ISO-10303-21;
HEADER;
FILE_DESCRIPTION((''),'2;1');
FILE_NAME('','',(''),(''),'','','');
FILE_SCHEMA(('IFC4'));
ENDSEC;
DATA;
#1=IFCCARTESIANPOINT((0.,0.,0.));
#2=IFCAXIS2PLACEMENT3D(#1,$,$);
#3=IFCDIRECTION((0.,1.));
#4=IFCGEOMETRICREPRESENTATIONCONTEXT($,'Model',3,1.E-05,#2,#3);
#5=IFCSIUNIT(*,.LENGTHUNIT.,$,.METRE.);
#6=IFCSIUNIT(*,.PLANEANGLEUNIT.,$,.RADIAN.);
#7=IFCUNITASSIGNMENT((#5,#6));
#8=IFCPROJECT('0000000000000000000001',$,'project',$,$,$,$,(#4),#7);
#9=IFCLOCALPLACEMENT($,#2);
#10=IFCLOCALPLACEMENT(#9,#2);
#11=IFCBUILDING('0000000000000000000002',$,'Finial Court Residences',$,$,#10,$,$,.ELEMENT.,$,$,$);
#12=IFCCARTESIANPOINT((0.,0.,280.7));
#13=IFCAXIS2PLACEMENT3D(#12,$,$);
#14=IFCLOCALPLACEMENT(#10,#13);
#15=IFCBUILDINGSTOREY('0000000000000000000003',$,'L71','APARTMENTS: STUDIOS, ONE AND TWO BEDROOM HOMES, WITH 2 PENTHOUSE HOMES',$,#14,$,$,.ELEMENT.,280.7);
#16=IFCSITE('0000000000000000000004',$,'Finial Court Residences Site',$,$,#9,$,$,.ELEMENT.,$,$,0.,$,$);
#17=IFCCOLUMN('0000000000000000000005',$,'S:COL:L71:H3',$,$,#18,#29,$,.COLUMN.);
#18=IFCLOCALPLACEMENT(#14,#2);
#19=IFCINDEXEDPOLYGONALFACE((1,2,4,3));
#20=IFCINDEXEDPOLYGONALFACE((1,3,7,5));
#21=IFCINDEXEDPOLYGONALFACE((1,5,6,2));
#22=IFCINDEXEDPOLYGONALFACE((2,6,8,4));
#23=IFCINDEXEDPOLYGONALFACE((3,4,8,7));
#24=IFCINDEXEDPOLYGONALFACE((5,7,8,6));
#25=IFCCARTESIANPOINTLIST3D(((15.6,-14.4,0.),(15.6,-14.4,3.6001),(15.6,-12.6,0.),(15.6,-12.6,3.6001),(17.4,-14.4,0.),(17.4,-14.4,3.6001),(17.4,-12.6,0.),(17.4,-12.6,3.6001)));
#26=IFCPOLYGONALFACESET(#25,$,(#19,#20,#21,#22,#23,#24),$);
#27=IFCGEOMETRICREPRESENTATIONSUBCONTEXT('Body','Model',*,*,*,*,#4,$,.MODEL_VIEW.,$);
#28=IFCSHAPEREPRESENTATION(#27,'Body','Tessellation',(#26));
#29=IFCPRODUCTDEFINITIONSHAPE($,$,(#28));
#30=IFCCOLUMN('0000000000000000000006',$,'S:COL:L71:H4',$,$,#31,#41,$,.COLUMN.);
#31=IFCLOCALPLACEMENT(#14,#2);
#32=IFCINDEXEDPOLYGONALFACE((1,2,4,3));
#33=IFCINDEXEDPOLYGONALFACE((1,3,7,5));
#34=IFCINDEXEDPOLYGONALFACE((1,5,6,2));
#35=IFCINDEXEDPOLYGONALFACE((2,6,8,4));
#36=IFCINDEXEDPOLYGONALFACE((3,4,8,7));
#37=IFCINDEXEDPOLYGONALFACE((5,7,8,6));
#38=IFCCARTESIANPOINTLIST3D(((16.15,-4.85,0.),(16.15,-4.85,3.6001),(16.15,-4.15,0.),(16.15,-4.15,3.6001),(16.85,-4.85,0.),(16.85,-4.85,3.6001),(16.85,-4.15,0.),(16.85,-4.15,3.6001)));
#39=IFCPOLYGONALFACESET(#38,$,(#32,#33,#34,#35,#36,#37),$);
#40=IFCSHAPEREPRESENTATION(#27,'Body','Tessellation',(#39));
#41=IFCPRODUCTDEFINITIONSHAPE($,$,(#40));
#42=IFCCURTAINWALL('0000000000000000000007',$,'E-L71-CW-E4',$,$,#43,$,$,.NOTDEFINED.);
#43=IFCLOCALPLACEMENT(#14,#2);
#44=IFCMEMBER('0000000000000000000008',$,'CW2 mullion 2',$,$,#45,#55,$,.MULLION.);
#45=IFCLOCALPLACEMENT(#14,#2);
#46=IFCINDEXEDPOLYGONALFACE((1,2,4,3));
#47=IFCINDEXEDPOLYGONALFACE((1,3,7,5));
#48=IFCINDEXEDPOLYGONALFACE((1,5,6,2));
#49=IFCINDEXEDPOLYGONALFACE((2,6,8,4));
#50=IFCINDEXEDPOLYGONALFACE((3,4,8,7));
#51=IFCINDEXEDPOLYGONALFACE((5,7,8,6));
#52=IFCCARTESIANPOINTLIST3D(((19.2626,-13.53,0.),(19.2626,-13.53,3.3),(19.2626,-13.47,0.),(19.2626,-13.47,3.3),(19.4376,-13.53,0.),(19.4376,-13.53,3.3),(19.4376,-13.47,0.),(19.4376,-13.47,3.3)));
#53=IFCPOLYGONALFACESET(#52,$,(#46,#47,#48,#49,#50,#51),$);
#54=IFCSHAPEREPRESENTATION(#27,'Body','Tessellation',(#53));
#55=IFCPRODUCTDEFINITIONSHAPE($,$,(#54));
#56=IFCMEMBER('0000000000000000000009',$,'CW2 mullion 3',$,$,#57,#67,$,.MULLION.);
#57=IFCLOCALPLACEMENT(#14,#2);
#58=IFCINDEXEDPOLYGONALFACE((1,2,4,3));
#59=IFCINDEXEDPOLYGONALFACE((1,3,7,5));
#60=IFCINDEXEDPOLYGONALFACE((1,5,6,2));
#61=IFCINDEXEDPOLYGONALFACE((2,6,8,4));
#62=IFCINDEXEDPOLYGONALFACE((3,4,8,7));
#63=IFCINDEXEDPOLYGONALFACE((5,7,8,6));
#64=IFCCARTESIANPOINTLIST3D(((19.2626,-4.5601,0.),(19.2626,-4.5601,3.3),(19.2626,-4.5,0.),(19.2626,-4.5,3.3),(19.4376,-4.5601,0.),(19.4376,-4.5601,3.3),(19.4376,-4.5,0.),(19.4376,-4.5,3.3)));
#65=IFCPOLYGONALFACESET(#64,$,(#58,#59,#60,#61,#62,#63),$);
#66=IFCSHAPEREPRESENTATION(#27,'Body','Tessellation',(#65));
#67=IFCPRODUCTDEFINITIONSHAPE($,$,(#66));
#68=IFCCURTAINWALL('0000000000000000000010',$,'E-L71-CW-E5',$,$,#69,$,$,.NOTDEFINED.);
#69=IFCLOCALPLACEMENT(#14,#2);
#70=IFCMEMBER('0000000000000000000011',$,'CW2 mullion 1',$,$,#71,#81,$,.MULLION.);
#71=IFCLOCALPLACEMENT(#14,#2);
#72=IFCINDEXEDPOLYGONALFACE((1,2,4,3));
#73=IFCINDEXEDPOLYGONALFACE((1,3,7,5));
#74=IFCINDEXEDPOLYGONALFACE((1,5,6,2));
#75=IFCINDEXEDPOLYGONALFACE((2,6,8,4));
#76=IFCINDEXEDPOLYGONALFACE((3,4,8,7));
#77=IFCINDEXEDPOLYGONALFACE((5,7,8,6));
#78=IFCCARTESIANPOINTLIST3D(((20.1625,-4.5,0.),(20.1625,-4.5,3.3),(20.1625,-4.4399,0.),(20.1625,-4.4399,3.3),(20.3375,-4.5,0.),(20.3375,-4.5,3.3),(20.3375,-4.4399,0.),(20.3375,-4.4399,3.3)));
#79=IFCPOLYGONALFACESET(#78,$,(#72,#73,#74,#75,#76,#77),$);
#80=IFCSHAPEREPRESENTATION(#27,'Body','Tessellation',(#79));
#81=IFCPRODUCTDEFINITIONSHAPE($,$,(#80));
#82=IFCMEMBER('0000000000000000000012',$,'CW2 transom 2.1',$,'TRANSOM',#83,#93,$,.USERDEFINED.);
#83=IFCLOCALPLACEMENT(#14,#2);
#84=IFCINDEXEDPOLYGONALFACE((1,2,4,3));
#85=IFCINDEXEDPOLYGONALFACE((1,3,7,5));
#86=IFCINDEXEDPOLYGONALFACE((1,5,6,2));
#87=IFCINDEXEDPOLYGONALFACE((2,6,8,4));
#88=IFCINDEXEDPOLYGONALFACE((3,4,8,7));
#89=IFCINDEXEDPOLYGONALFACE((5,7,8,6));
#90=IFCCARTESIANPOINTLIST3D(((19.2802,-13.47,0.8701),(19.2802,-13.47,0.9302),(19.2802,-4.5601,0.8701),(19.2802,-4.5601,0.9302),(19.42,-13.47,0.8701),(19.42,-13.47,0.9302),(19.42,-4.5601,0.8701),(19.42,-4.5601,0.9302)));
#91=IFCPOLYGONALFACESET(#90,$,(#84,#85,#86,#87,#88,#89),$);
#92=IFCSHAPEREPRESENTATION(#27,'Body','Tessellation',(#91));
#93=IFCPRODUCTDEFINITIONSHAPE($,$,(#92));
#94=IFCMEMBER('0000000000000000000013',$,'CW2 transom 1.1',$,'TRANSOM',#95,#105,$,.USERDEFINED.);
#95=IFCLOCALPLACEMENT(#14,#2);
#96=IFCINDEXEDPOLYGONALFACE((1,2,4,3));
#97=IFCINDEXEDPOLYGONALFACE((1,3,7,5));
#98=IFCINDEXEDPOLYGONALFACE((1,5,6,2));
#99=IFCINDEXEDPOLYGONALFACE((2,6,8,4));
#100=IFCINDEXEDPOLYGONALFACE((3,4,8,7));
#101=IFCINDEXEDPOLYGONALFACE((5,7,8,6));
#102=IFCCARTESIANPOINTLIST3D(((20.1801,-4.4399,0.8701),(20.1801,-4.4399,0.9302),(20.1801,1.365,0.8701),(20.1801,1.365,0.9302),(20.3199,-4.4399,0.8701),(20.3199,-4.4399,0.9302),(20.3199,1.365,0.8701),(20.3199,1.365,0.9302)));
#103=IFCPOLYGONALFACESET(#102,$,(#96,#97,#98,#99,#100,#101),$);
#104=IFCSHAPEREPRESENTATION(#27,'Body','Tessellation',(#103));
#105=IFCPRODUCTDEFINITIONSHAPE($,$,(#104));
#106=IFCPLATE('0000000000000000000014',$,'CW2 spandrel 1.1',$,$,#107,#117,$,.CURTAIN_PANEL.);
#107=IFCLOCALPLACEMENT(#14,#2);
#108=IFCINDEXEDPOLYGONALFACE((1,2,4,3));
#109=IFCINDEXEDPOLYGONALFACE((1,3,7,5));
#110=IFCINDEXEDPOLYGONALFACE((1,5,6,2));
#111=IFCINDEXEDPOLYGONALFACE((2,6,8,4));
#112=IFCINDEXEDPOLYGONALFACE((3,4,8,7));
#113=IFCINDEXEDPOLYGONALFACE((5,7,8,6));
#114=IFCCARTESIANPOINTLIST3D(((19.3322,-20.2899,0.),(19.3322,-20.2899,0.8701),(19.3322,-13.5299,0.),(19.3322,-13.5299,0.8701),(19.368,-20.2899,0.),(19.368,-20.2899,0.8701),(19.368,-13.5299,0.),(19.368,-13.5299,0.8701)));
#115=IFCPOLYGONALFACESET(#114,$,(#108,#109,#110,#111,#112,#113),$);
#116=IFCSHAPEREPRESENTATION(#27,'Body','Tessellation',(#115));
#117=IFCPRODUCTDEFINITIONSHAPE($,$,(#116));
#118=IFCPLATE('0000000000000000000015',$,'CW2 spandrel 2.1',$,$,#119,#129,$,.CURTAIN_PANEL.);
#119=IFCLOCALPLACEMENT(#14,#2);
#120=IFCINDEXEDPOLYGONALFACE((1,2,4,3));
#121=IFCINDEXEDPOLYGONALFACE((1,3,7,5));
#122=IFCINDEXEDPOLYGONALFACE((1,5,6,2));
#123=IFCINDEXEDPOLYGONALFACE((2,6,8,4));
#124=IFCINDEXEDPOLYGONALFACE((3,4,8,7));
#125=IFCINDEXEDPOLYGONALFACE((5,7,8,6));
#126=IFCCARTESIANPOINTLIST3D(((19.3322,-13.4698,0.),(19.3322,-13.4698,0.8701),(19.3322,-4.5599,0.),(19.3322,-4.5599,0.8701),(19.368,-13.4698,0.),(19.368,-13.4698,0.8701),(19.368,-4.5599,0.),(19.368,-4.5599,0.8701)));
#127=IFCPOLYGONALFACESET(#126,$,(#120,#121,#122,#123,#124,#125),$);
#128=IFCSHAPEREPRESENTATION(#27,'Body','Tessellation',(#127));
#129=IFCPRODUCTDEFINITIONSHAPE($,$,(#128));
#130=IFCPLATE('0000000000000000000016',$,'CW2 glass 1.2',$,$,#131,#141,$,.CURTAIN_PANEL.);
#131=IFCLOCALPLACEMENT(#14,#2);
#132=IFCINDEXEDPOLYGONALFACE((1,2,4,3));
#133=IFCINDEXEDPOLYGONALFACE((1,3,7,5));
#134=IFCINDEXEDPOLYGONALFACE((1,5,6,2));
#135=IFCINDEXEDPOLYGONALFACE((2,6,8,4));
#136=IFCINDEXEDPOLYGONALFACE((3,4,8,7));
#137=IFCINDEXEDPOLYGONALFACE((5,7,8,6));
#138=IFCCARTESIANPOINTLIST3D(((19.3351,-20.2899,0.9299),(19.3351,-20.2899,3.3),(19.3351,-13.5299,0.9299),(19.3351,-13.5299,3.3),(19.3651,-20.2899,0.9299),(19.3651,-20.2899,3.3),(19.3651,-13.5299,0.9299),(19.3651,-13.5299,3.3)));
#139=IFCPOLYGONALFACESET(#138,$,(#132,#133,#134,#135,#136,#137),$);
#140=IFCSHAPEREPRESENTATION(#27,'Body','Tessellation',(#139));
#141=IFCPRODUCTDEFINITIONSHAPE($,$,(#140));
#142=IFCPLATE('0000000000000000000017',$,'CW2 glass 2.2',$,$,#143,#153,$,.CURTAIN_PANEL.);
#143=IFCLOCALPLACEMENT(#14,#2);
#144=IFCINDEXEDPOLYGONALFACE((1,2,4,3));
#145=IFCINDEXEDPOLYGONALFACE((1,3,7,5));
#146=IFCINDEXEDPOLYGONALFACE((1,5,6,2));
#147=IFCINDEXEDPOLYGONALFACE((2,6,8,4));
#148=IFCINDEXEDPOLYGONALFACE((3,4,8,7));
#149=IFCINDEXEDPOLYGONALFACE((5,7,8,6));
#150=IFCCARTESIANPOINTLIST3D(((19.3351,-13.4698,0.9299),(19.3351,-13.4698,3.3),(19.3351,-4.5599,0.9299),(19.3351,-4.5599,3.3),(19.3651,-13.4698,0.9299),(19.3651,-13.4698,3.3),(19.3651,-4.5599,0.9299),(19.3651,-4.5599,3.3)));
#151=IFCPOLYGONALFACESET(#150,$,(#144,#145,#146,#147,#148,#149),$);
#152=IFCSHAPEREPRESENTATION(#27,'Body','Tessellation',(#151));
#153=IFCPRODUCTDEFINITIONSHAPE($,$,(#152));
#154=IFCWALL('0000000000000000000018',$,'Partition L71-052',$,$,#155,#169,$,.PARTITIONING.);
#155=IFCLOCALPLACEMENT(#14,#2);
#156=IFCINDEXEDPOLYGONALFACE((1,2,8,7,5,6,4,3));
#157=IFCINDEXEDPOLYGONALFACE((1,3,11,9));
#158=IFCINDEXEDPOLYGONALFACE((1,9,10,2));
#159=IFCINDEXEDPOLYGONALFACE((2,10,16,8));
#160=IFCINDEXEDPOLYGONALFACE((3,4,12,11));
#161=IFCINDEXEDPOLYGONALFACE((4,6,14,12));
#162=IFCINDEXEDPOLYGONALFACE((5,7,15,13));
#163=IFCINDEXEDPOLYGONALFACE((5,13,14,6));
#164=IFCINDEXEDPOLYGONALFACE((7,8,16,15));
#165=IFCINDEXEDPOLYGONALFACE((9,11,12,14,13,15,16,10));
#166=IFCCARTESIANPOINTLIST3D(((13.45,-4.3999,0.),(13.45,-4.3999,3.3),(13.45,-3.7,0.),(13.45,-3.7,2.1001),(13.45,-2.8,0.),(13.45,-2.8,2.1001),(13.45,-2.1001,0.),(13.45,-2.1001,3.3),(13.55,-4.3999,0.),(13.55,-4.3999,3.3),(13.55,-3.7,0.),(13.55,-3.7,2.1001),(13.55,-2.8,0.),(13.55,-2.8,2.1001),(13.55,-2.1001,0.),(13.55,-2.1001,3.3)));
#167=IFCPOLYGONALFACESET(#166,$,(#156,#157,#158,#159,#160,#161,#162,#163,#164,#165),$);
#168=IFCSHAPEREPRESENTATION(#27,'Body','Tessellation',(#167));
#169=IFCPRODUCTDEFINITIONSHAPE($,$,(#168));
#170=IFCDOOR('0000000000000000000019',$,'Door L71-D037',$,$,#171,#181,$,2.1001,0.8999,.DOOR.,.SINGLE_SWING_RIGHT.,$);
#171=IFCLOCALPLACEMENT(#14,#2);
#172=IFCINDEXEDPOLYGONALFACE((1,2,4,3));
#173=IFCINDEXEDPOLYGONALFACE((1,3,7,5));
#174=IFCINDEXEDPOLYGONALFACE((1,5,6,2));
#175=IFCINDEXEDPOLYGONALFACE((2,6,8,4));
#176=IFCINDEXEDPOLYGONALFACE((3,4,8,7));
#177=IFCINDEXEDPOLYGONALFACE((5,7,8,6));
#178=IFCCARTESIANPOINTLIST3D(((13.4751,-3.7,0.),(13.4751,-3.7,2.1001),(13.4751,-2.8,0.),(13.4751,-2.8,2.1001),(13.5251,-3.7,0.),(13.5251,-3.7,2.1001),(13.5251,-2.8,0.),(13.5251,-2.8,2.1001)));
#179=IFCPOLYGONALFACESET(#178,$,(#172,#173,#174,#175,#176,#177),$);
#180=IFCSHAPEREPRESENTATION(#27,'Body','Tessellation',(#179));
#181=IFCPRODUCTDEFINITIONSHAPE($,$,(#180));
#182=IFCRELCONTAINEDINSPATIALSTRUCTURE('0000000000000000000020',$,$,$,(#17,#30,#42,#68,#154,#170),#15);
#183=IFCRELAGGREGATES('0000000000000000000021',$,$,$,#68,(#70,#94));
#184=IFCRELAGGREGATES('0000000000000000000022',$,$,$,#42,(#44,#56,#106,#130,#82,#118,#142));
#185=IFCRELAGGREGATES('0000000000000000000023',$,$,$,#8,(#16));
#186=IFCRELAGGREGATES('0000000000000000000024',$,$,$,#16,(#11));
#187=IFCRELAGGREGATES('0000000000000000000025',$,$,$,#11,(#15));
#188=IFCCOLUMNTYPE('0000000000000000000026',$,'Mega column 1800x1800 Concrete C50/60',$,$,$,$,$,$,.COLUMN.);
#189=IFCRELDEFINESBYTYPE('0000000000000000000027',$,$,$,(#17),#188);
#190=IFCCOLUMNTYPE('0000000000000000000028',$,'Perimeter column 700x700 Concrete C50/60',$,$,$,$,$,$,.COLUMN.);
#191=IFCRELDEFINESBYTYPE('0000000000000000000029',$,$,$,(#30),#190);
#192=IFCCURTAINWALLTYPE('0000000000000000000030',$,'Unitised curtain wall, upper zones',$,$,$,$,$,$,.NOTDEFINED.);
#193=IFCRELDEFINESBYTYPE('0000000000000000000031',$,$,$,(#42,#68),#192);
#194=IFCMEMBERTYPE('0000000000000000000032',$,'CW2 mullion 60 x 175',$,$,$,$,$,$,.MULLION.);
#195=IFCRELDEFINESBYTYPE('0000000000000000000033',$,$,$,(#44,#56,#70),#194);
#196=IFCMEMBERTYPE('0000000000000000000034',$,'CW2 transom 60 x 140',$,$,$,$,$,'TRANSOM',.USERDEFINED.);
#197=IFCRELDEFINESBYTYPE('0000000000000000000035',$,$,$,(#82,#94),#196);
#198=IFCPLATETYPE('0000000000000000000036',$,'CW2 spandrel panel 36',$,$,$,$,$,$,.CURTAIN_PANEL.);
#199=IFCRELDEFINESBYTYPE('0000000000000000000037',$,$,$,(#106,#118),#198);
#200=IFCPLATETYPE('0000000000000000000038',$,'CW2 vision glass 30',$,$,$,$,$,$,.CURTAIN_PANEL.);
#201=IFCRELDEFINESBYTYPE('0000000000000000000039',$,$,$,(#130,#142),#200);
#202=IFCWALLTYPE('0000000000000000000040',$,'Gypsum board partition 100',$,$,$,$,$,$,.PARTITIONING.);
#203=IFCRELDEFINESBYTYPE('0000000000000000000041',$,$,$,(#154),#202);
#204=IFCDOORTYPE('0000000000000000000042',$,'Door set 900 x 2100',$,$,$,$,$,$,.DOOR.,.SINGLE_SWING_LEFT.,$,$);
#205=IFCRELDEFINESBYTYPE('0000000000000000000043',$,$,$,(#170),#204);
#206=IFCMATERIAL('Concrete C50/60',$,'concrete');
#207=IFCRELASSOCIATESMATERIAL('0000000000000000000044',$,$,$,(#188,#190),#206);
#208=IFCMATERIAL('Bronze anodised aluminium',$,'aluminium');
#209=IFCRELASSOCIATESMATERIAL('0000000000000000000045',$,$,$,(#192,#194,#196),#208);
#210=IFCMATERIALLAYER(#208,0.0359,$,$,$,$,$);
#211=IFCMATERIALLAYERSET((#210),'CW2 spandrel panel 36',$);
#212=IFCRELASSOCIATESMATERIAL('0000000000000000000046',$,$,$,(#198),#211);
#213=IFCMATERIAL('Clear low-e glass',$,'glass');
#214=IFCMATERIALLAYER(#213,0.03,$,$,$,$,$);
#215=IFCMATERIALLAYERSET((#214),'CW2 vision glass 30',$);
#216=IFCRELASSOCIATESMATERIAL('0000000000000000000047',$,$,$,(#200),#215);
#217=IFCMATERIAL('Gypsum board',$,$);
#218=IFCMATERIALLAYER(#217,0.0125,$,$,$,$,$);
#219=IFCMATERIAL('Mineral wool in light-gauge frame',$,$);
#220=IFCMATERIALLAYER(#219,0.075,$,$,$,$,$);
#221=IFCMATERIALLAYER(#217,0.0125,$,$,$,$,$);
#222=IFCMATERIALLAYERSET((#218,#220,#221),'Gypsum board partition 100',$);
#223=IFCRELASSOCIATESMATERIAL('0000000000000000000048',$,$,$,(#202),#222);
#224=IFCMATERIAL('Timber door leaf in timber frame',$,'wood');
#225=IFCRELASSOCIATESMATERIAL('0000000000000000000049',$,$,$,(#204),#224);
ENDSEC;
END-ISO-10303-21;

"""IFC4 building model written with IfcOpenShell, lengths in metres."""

from ifc_helpers import new_model, si_unit, direction, frame, frame_2d, origin, origin_2d, place, context, subcontext, project, spatial, rectangle, extrude, material, layer, layer_set, material_profile, profile_set, type_object, element, fill, aggregate, save


model = new_model("IFC4")

# Units and contexts
model_context = context("Model", 3, precision=1e-05, world=origin(), true_north=direction((0.0, 1.0)))
body_context = subcontext(model_context, "Body", "Model", "MODEL_VIEW")
ifc_project = project(units=[si_unit("LENGTHUNIT", "METRE"), si_unit("PLANEANGLEUNIT", "RADIAN")], contexts=[model_context])

# Site, building, storey
site_placement = place(None, origin())
site = spatial("IfcSite", under=ifc_project, at=site_placement, Name="Finial Court Residences Site", CompositionType="ELEMENT", RefElevation=0.0)
building_placement = place(site_placement, origin())
building = spatial("IfcBuilding", under=site, at=building_placement, Name="Finial Court Residences", CompositionType="ELEMENT")
storey_placement = place(building_placement, frame((0.0, 0.0, 280.7)))
storey = spatial("IfcBuildingStorey", under=building, at=storey_placement, Name="L71", Description="APARTMENTS: STUDIOS, ONE AND TWO BEDROOM HOMES, WITH 2 PENTHOUSE HOMES", CompositionType="ELEMENT", Elevation=280.7)

# Columns
ifc_material_1 = material(Name="Concrete C50/60", Category="concrete")
ifc_material_profile_1 = material_profile(ifc_material_1, rectangle(XDim=1.8, YDim=1.8, at=origin_2d()), Name="1800x1800")
ifc_profile_set_1 = profile_set([ifc_material_profile_1], Name="Concrete C50/60")
column_type_1 = type_object("IfcColumnType", Name="Mega column 1800x1800 Concrete C50/60", PredefinedType="COLUMN", material=ifc_profile_set_1)
column_1_placement = place(storey_placement, frame((16.5, -13.5, 0.0), z_axis=(0.0, 0.0, 1.0), x_axis=(1.0, 0.0, 0.0)))
element("IfcColumn", 1, at=column_1_placement, inside=storey, type_object=column_type_1, Name="S:COL:L71:H3", PredefinedType="COLUMN", context=body_context, shape_type="SweptSolid", body=[
    extrude(rectangle(XDim=1.8, YDim=1.8, at=origin_2d()), origin(), (0.0, 0.0, 1.0), 3.6001),
])
ifc_material_profile_2 = material_profile(ifc_material_1, rectangle(XDim=0.7, YDim=0.7, at=origin_2d()), Name="700x700")
ifc_profile_set_2 = profile_set([ifc_material_profile_2], Name="Concrete C50/60")
column_type_2 = type_object("IfcColumnType", Name="Perimeter column 700x700 Concrete C50/60", PredefinedType="COLUMN", material=ifc_profile_set_2)
column_2_placement = place(storey_placement, frame((16.5, -4.5, 0.0), z_axis=(0.0, 0.0, 1.0), x_axis=(1.0, 0.0, 0.0)))
element("IfcColumn", 2, at=column_2_placement, inside=storey, type_object=column_type_2, Name="S:COL:L71:H4", PredefinedType="COLUMN", context=body_context, shape_type="SweptSolid", body=[
    extrude(rectangle(XDim=0.7, YDim=0.7, at=origin_2d()), origin(), (0.0, 0.0, 1.0), 3.6001),
])

# Curtain wall, members
ifc_material_2 = material(Name="Bronze anodised aluminium", Category="aluminium")
curtain_wall_type = type_object("IfcCurtainWallType", Name="Unitised curtain wall, upper zones", PredefinedType="NOTDEFINED", material=ifc_material_2)
curtain_wall_1_placement = place(storey_placement, origin())
curtain_wall_1 = element("IfcCurtainWall", 3, at=curtain_wall_1_placement, inside=storey, type_object=curtain_wall_type, Name="E-L71-CW-E4", PredefinedType="NOTDEFINED")
ifc_material_profile_3 = material_profile(ifc_material_2, rectangle(XDim=0.175, YDim=0.0601, at=origin_2d()), Name="CW2 mullion 60 x 175")
ifc_profile_set_3 = profile_set([ifc_material_profile_3], Name="Bronze anodised aluminium")
member_type_1 = type_object("IfcMemberType", Name="CW2 mullion 60 x 175", PredefinedType="MULLION", material=ifc_profile_set_3)
member_1_placement = place(storey_placement, frame((19.3501, -13.5, 0.0), z_axis=(0.0, 0.0, 1.0), x_axis=(-1.0, 0.0, 0.0)))
member_1 = element("IfcMember", 4, at=member_1_placement, type_object=member_type_1, Name="CW2 mullion 2", PredefinedType="MULLION", context=body_context, shape_type="SweptSolid", body=[
    extrude(rectangle(XDim=0.175, YDim=0.0601, at=origin_2d()), origin(), (0.0, 0.0, 1.0), 3.3),
])
member_2_placement = place(storey_placement, frame((19.3501, -4.53, 0.0), z_axis=(0.0, 0.0, 1.0), x_axis=(-1.0, 0.0, 0.0)))
member_2 = element("IfcMember", 5, at=member_2_placement, type_object=member_type_1, Name="CW2 mullion 3", PredefinedType="MULLION", context=body_context, shape_type="SweptSolid", body=[
    extrude(rectangle(XDim=0.175, YDim=0.0601, at=origin_2d()), origin(), (0.0, 0.0, 1.0), 3.3),
])

# Curtain wall, member
curtain_wall_2_placement = place(storey_placement, origin())
curtain_wall_2 = element("IfcCurtainWall", 6, at=curtain_wall_2_placement, inside=storey, type_object=curtain_wall_type, Name="E-L71-CW-E5", PredefinedType="NOTDEFINED")
member_3_placement = place(storey_placement, frame((20.25, -4.47, 0.0), z_axis=(0.0, 0.0, 1.0), x_axis=(-1.0, 0.0, 0.0)))
member_3 = element("IfcMember", 7, at=member_3_placement, type_object=member_type_1, Name="CW2 mullion 1", PredefinedType="MULLION", context=body_context, shape_type="SweptSolid", body=[
    extrude(rectangle(XDim=0.175, YDim=0.0601, at=origin_2d()), origin(), (0.0, 0.0, 1.0), 3.3),
])

# Members
ifc_material_profile_4 = material_profile(ifc_material_2, rectangle(XDim=0.1399, YDim=0.0601, at=origin_2d()), Name="CW2 transom 60 x 140")
ifc_profile_set_4 = profile_set([ifc_material_profile_4], Name="Bronze anodised aluminium")
member_type_2 = type_object("IfcMemberType", Name="CW2 transom 60 x 140", ElementType="TRANSOM", PredefinedType="USERDEFINED", material=ifc_profile_set_4)
member_4_placement = place(storey_placement, frame((19.3501, -13.47, 0.9001), z_axis=(0.0, 1.0, 0.0), x_axis=(-1.0, 0.0, 0.0)))
member_4 = element("IfcMember", 8, at=member_4_placement, type_object=member_type_2, Name="CW2 transom 2.1", ObjectType="TRANSOM", PredefinedType="USERDEFINED", context=body_context, shape_type="SweptSolid", body=[
    extrude(rectangle(XDim=0.1399, YDim=0.0601, at=origin_2d()), origin(), (0.0, 0.0, 1.0), 8.9099),
])
member_5_placement = place(storey_placement, frame((20.25, -4.4399, 0.9001), z_axis=(0.0, 1.0, 0.0), x_axis=(-1.0, 0.0, 0.0)))
member_5 = element("IfcMember", 9, at=member_5_placement, type_object=member_type_2, Name="CW2 transom 1.1", ObjectType="TRANSOM", PredefinedType="USERDEFINED", context=body_context, shape_type="SweptSolid", body=[
    extrude(rectangle(XDim=0.1399, YDim=0.0601, at=origin_2d()), origin(), (0.0, 0.0, 1.0), 5.8049),
])
aggregate(curtain_wall_2, [member_3, member_5])

# Plates
ifc_layer_1 = layer(ifc_material_2, 0.0359)
ifc_layer_set_1 = layer_set([ifc_layer_1], Name="CW2 spandrel panel 36")
plate_type_1 = type_object("IfcPlateType", Name="CW2 spandrel panel 36", PredefinedType="CURTAIN_PANEL", material=ifc_layer_set_1)
plate_1_placement = place(storey_placement, frame((19.3501, -16.9099, 0.0), z_axis=(0.0, 0.0, 1.0), x_axis=(0.0, 1.0, 0.0)))
plate_1 = element("IfcPlate", 10, at=plate_1_placement, type_object=plate_type_1, Name="CW2 spandrel 1.1", PredefinedType="CURTAIN_PANEL", context=body_context, shape_type="SweptSolid", body=[
    extrude(rectangle(XDim=6.76, YDim=0.0359, at=origin_2d()), origin(), (0.0, 0.0, 1.0), 0.8701),
])
plate_2_placement = place(storey_placement, frame((19.3501, -9.0149, 0.0), z_axis=(0.0, 0.0, 1.0), x_axis=(0.0, 1.0, 0.0)))
plate_2 = element("IfcPlate", 11, at=plate_2_placement, type_object=plate_type_1, Name="CW2 spandrel 2.1", PredefinedType="CURTAIN_PANEL", context=body_context, shape_type="SweptSolid", body=[
    extrude(rectangle(XDim=8.9099, YDim=0.0359, at=origin_2d()), origin(), (0.0, 0.0, 1.0), 0.8701),
])
ifc_material_3 = material(Name="Clear low-e glass", Category="glass")
ifc_layer_2 = layer(ifc_material_3, 0.03)
ifc_layer_set_2 = layer_set([ifc_layer_2], Name="CW2 vision glass 30")
plate_type_2 = type_object("IfcPlateType", Name="CW2 vision glass 30", PredefinedType="CURTAIN_PANEL", material=ifc_layer_set_2)
plate_3_placement = place(storey_placement, frame((19.3501, -16.9099, 0.9299), z_axis=(0.0, 0.0, 1.0), x_axis=(0.0, 1.0, 0.0)))
plate_3 = element("IfcPlate", 12, at=plate_3_placement, type_object=plate_type_2, Name="CW2 glass 1.2", PredefinedType="CURTAIN_PANEL", context=body_context, shape_type="SweptSolid", body=[
    extrude(rectangle(XDim=6.76, YDim=0.03, at=origin_2d()), origin(), (0.0, 0.0, 1.0), 2.3701),
])
plate_4_placement = place(storey_placement, frame((19.3501, -9.0149, 0.9299), z_axis=(0.0, 0.0, 1.0), x_axis=(0.0, 1.0, 0.0)))
plate_4 = element("IfcPlate", 13, at=plate_4_placement, type_object=plate_type_2, Name="CW2 glass 2.2", PredefinedType="CURTAIN_PANEL", context=body_context, shape_type="SweptSolid", body=[
    extrude(rectangle(XDim=8.9099, YDim=0.03, at=origin_2d()), origin(), (0.0, 0.0, 1.0), 2.3701),
])
aggregate(curtain_wall_1, [member_1, member_2, plate_1, plate_3, member_4, plate_2, plate_4])

# Wall, opening, door
ifc_material_4 = material(Name="Gypsum board")
ifc_layer_3 = layer(ifc_material_4, 0.0125)
ifc_material_5 = material(Name="Mineral wool in light-gauge frame")
ifc_layer_4 = layer(ifc_material_5, 0.075)
ifc_layer_5 = layer(ifc_material_4, 0.0125)
ifc_layer_set_3 = layer_set([ifc_layer_3, ifc_layer_4, ifc_layer_5], Name="Gypsum board partition 100")
wall_type_1 = type_object("IfcWallType", Name="Gypsum board partition 100", PredefinedType="PARTITIONING", material=ifc_layer_set_3)
wall_1_placement = place(storey_placement, frame((13.5, -4.3999, 0.0), z_axis=(0.0, 0.0, 1.0), x_axis=(0.0, 1.0, 0.0)))
wall_1 = element("IfcWall", 14, at=wall_1_placement, inside=storey, type_object=wall_type_1, Name="Partition L71-052", PredefinedType="PARTITIONING", context=body_context, shape_type="SweptSolid", body=[
    extrude(rectangle(XDim=2.2998, YDim=0.1001, at=frame_2d((1.1499, 0.0))), origin(), (0.0, 0.0, 1.0), 3.3),
])
opening_placement = place(wall_1_placement, frame((0.7, 0.0, 0.0)))
opening = element("IfcOpeningElement", 15, at=opening_placement, cuts=wall_1, PredefinedType="OPENING", context=body_context, shape_type="SweptSolid", body=[
    extrude(rectangle(XDim=0.8999, YDim=2.1001, at=frame_2d((0.45, 1.05))), frame((0.0, 0.0601, 0.0), z_axis=(0.0, -1.0, 0.0), x_axis=(1.0, 0.0, 0.0)), (0.0, 0.0, 1.0), 0.1201),
])
ifc_material_6 = material(Name="Timber door leaf in timber frame", Category="wood")
door_type = type_object("IfcDoorType", Name="Door set 900 x 2100", OperationType="SINGLE_SWING_LEFT", PredefinedType="DOOR", material=ifc_material_6)
door_placement = place(opening_placement, origin())
door = element("IfcDoor", 16, at=door_placement, inside=storey, type_object=door_type, Name="Door L71-D037", OperationType="SINGLE_SWING_RIGHT", OverallHeight=2.1001, OverallWidth=0.8999, PredefinedType="DOOR", context=body_context, shape_type="SweptSolid", body=[
    extrude(rectangle(XDim=0.8999, YDim=2.1001, at=frame_2d((0.45, 1.05))), frame((0.0, 0.0249, 0.0), z_axis=(0.0, -1.0, 0.0), x_axis=(1.0, 0.0, 0.0)), (0.0, 0.0, 1.0), 0.05),
])
fill(opening, door)

save(model, "model.ifc")
